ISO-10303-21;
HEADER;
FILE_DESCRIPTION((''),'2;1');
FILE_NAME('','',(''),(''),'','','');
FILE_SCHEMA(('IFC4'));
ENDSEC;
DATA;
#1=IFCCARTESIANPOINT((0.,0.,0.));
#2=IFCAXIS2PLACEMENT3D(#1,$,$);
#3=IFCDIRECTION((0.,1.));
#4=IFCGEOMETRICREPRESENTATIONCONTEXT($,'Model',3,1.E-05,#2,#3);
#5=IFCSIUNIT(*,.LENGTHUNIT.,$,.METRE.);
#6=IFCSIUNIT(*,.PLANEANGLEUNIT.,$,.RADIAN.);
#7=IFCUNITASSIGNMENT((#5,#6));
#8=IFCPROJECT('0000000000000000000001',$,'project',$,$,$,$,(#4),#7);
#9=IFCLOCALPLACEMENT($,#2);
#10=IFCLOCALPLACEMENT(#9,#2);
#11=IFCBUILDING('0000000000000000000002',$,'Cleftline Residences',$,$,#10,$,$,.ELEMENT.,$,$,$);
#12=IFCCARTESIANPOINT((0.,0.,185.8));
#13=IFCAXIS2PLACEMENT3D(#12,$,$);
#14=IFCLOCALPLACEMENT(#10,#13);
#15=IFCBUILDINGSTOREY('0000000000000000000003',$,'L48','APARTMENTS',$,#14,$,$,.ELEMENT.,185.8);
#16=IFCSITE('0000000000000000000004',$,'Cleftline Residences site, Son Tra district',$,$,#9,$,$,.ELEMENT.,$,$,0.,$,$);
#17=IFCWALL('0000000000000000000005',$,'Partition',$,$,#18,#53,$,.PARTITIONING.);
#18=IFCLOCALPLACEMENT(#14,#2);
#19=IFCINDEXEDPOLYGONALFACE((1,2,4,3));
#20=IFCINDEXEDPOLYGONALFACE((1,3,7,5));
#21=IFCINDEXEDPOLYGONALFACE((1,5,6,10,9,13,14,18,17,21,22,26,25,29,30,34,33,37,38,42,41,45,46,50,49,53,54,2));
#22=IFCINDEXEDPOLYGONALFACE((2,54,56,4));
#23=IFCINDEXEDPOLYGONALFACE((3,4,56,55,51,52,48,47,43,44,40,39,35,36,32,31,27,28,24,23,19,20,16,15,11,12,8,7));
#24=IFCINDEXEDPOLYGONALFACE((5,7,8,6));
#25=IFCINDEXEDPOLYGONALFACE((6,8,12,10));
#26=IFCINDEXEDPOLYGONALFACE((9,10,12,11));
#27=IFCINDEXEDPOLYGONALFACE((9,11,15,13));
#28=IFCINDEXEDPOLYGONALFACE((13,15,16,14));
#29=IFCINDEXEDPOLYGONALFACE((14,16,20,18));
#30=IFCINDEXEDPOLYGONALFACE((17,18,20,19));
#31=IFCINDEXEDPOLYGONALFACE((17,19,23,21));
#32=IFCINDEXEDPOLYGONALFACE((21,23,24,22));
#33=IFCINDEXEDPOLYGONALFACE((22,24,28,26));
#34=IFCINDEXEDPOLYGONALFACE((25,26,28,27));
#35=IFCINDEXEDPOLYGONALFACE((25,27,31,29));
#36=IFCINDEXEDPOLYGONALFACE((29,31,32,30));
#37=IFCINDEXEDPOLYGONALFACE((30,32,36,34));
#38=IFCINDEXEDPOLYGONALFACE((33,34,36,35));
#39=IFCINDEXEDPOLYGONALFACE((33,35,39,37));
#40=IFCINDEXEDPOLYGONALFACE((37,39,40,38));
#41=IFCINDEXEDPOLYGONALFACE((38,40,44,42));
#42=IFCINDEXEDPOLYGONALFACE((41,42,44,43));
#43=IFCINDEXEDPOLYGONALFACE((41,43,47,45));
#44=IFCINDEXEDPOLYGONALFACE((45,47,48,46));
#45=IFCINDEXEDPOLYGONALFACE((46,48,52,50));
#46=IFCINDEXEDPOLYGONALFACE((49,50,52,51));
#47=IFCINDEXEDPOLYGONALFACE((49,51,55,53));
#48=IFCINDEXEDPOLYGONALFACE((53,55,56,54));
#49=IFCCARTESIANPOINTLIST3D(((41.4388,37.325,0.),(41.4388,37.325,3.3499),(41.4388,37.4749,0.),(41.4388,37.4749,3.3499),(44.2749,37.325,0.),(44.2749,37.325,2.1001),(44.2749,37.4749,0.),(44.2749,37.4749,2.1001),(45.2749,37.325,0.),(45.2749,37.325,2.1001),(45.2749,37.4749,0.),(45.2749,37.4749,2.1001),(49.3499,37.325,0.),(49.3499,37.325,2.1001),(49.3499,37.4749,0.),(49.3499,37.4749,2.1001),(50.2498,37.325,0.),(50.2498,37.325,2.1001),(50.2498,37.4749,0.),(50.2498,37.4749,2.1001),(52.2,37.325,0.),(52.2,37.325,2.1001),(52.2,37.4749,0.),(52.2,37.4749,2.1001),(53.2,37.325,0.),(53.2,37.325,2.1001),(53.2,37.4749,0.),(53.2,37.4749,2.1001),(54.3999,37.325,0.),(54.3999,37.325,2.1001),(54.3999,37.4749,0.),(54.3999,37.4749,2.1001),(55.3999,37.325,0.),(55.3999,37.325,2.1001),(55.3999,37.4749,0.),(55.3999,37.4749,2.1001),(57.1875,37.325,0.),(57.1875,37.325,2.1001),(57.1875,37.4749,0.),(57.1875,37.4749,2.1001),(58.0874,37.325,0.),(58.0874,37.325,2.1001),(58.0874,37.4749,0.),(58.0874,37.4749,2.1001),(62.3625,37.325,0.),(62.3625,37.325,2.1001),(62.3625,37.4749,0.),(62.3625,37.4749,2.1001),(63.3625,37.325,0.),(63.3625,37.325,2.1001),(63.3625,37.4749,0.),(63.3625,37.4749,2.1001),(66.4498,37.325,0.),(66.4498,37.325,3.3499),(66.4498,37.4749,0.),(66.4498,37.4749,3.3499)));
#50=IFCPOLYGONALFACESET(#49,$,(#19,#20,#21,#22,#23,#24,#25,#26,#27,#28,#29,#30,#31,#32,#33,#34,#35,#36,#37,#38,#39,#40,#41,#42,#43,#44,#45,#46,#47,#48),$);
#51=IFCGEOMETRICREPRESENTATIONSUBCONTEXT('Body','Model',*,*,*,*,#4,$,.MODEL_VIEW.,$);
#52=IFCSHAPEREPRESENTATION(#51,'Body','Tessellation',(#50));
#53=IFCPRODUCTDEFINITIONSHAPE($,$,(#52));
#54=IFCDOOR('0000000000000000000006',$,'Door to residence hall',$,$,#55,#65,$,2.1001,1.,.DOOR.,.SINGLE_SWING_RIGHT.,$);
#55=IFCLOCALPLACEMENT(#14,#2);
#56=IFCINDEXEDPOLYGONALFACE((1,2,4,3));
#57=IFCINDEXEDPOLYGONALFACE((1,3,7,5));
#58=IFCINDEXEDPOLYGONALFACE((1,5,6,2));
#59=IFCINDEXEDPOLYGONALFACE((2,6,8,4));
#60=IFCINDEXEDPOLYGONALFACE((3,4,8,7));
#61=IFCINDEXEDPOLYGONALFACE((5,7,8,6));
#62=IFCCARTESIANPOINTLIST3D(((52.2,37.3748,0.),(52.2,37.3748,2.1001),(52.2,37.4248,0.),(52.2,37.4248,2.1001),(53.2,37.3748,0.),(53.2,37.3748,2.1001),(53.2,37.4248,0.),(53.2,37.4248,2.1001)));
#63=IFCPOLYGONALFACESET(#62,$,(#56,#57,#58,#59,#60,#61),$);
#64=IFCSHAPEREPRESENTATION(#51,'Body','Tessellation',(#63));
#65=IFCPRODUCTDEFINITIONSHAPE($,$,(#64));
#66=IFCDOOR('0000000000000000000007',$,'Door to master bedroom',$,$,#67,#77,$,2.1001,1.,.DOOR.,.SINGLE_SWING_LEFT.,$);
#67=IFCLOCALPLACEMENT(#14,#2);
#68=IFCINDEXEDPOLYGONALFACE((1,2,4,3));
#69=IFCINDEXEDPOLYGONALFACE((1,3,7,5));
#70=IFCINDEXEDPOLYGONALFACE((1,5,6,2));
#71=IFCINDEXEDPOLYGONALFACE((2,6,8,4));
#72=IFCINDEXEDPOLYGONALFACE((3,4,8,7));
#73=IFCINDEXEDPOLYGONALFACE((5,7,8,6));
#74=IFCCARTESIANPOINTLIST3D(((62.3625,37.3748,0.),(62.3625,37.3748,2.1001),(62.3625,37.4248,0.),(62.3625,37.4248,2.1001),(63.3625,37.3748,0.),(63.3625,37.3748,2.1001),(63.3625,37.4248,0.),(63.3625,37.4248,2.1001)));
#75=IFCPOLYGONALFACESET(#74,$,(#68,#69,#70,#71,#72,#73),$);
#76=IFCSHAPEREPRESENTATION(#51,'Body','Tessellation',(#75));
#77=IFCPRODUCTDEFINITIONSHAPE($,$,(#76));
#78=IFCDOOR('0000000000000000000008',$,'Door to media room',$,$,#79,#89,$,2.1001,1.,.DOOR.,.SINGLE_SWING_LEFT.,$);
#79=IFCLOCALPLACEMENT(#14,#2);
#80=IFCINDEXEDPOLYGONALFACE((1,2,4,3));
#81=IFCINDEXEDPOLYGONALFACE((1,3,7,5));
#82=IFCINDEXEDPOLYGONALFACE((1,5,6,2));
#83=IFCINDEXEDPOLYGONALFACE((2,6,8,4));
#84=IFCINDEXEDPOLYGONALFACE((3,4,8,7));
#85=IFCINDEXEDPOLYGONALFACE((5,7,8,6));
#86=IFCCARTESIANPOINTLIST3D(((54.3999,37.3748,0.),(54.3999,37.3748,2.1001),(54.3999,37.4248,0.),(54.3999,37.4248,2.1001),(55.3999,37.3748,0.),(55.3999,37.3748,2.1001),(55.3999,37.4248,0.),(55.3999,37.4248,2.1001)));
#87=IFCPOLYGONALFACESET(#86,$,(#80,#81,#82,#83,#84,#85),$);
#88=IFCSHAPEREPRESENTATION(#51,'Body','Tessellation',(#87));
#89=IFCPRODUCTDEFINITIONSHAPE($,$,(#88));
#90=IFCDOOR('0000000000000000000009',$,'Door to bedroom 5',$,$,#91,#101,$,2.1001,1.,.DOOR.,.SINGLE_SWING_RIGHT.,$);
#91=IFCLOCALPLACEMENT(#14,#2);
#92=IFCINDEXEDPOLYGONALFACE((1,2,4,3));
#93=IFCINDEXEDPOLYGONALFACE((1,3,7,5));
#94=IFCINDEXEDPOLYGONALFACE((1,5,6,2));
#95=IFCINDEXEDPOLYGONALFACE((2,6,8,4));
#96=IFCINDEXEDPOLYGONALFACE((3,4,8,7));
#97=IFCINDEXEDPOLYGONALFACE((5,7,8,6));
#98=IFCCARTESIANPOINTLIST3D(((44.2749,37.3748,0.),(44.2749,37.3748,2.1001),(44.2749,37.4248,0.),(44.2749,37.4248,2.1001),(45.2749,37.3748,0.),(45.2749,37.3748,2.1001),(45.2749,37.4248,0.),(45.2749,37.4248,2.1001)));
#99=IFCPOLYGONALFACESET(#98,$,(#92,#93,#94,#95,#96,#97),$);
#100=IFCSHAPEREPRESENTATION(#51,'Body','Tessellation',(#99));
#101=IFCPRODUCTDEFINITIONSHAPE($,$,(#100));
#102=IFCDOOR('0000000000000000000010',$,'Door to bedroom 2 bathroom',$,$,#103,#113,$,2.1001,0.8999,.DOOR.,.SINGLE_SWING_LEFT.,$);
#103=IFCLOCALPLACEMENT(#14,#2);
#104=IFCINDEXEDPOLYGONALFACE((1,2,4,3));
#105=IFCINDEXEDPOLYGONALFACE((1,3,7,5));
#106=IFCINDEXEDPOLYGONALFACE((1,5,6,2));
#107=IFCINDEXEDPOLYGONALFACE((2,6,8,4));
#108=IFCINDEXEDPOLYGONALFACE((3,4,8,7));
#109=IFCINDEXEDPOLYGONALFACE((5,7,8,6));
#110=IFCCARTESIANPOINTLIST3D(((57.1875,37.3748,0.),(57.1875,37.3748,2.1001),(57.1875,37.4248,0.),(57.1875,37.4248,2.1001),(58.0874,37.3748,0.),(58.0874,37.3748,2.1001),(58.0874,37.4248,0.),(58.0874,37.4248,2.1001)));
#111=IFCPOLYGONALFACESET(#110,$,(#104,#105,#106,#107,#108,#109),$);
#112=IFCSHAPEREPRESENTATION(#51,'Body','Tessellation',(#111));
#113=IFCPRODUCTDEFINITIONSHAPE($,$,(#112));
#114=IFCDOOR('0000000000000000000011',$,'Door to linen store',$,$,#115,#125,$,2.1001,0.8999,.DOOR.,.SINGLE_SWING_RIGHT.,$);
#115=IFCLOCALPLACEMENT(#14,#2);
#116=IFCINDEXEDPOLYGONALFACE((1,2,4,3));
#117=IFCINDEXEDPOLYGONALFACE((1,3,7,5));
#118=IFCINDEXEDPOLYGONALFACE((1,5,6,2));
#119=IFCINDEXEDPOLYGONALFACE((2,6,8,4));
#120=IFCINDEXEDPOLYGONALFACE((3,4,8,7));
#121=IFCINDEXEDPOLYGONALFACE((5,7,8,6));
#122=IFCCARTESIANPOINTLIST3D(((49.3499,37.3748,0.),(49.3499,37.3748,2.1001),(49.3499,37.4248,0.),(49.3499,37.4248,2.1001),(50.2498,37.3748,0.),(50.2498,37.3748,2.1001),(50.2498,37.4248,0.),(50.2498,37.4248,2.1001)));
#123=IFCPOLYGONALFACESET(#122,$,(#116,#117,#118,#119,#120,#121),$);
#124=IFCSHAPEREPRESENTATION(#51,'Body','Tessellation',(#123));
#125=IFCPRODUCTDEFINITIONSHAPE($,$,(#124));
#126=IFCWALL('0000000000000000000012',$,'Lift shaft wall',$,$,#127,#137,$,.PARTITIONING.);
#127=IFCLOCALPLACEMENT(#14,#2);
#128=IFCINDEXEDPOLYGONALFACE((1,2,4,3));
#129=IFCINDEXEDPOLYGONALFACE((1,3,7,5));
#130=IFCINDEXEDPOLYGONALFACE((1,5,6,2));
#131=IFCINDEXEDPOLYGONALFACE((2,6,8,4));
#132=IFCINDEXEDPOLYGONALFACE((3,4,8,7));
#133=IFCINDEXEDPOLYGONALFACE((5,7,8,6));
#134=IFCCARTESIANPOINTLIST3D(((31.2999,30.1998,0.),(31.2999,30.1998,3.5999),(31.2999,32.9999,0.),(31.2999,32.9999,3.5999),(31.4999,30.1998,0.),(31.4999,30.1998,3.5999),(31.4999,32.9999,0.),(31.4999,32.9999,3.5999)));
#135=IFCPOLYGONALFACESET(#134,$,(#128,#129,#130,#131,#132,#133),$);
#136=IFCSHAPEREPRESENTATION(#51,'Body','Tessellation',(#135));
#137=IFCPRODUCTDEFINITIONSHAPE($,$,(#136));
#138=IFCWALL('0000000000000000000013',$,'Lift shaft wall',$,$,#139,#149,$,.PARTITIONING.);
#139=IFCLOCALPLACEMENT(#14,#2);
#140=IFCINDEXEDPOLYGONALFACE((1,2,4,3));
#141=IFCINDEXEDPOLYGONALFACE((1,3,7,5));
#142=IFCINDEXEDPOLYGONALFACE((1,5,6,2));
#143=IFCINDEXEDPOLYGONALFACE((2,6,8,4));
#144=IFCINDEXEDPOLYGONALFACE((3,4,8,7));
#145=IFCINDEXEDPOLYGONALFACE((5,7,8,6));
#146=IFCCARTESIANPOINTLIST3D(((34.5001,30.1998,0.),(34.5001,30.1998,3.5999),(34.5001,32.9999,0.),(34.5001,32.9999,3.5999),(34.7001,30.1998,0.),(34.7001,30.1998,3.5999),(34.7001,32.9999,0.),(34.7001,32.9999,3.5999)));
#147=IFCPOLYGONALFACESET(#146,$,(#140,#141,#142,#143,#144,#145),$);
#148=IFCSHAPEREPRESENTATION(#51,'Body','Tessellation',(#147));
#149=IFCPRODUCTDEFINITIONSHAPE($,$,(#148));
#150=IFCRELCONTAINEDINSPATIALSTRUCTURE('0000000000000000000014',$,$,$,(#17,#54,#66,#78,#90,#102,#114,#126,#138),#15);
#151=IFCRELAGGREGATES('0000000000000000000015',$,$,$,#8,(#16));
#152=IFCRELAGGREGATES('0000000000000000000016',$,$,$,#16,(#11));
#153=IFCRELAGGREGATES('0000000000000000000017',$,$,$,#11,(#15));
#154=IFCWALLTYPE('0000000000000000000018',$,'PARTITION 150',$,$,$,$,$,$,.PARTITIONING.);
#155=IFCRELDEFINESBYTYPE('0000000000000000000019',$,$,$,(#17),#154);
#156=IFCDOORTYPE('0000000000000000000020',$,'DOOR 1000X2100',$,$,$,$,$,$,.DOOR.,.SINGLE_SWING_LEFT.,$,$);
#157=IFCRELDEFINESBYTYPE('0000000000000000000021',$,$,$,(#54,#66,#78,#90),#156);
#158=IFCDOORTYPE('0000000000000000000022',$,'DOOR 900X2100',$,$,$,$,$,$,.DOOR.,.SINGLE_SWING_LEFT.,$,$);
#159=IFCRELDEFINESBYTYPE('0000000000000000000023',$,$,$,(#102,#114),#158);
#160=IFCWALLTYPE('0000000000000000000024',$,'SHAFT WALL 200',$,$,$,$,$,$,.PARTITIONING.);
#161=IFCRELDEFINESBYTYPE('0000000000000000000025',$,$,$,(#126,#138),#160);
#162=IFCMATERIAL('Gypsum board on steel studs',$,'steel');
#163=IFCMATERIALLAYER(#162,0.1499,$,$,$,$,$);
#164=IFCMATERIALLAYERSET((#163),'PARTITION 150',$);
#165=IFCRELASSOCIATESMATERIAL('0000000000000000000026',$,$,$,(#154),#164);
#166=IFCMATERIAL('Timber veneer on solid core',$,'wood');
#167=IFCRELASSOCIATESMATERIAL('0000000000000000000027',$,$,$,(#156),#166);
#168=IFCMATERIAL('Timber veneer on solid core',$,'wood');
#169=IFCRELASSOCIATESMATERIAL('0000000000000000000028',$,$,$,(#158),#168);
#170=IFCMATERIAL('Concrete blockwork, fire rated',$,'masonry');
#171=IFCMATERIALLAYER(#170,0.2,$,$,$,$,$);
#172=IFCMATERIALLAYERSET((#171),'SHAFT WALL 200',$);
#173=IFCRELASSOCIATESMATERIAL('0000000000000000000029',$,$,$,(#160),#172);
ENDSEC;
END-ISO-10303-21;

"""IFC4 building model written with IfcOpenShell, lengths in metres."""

from ifc_helpers import new_model, si_unit, direction, frame, frame_2d, origin, place, context, subcontext, project, spatial, rectangle, extrude, material, layer, layer_set, type_object, element, fill, save


model = new_model("IFC4")

# Units and contexts
model_context = context("Model", 3, precision=1e-05, world=origin(), true_north=direction((0.0, 1.0)))
body_context = subcontext(model_context, "Body", "Model", "MODEL_VIEW")
ifc_project = project(units=[si_unit("LENGTHUNIT", "METRE"), si_unit("PLANEANGLEUNIT", "RADIAN")], contexts=[model_context])

# Site, building, storey
site_placement = place(None, origin())
site = spatial("IfcSite", under=ifc_project, at=site_placement, Name="Cleftline Residences site, Son Tra district", CompositionType="ELEMENT", RefElevation=0.0)
building_placement = place(site_placement, origin())
building = spatial("IfcBuilding", under=site, at=building_placement, Name="Cleftline Residences", CompositionType="ELEMENT")
storey_placement = place(building_placement, frame((0.0, 0.0, 185.8)))
storey = spatial("IfcBuildingStorey", under=building, at=storey_placement, Name="L48", Description="APARTMENTS", CompositionType="ELEMENT", Elevation=185.8)

# Wall, openings, doors
ifc_material_1 = material(Name="Gypsum board on steel studs", Category="steel")
ifc_layer_1 = layer(ifc_material_1, 0.1499)
ifc_layer_set_1 = layer_set([ifc_layer_1], Name="PARTITION 150")
wall_type_1 = type_object("IfcWallType", Name="PARTITION 150", PredefinedType="PARTITIONING", material=ifc_layer_set_1)
wall_1_placement = place(storey_placement, frame((41.439, 37.3999, 0.0), z_axis=(0.0, 0.0, 1.0), x_axis=(1.0, 0.0, 0.0)))
wall_1 = element("IfcWall", 1, at=wall_1_placement, inside=storey, type_object=wall_type_1, Name="Partition", PredefinedType="PARTITIONING", context=body_context, shape_type="SweptSolid", body=[
    extrude(rectangle(XDim=25.011, YDim=0.1499, at=frame_2d((12.5054, 0.0))), origin(), (0.0, 0.0, 1.0), 3.3499),
])
opening_1_placement = place(wall_1_placement, frame((10.761, 0.0, 0.0)))
opening_1 = element("IfcOpeningElement", 2, at=opening_1_placement, cuts=wall_1, PredefinedType="OPENING", context=body_context, shape_type="SweptSolid", body=[
    extrude(rectangle(XDim=1.0, YDim=2.1001, at=frame_2d((0.5, 1.05))), frame((0.0, 0.085, 0.0), z_axis=(0.0, -1.0, 0.0), x_axis=(1.0, 0.0, 0.0)), (0.0, 0.0, 1.0), 0.1699),
])
opening_2_placement = place(wall_1_placement, frame((20.9236, 0.0, 0.0)))
opening_2 = element("IfcOpeningElement", 3, at=opening_2_placement, cuts=wall_1, PredefinedType="OPENING", context=body_context, shape_type="SweptSolid", body=[
    extrude(rectangle(XDim=1.0, YDim=2.1001, at=frame_2d((0.5, 1.05))), frame((0.0, 0.085, 0.0), z_axis=(0.0, -1.0, 0.0), x_axis=(1.0, 0.0, 0.0)), (0.0, 0.0, 1.0), 0.1699),
])
opening_3_placement = place(wall_1_placement, frame((15.7485, 0.0, 0.0)))
opening_3 = element("IfcOpeningElement", 4, at=opening_3_placement, cuts=wall_1, PredefinedType="OPENING", context=body_context, shape_type="SweptSolid", body=[
    extrude(rectangle(XDim=0.8999, YDim=2.1001, at=frame_2d((0.45, 1.05))), frame((0.0, 0.085, 0.0), z_axis=(0.0, -1.0, 0.0), x_axis=(1.0, 0.0, 0.0)), (0.0, 0.0, 1.0), 0.1699),
])
opening_4_placement = place(wall_1_placement, frame((12.9609, 0.0, 0.0)))
opening_4 = element("IfcOpeningElement", 5, at=opening_4_placement, cuts=wall_1, PredefinedType="OPENING", context=body_context, shape_type="SweptSolid", body=[
    extrude(rectangle(XDim=1.0, YDim=2.1001, at=frame_2d((0.5, 1.05))), frame((0.0, 0.085, 0.0), z_axis=(0.0, -1.0, 0.0), x_axis=(1.0, 0.0, 0.0)), (0.0, 0.0, 1.0), 0.1699),
])
opening_5_placement = place(wall_1_placement, frame((7.9109, 0.0, 0.0)))
opening_5 = element("IfcOpeningElement", 6, at=opening_5_placement, cuts=wall_1, PredefinedType="OPENING", context=body_context, shape_type="SweptSolid", body=[
    extrude(rectangle(XDim=0.8999, YDim=2.1001, at=frame_2d((0.45, 1.05))), frame((0.0, 0.085, 0.0), z_axis=(0.0, -1.0, 0.0), x_axis=(1.0, 0.0, 0.0)), (0.0, 0.0, 1.0), 0.1699),
])
opening_6_placement = place(wall_1_placement, frame((2.8359, 0.0, 0.0)))
opening_6 = element("IfcOpeningElement", 7, at=opening_6_placement, cuts=wall_1, PredefinedType="OPENING", context=body_context, shape_type="SweptSolid", body=[
    extrude(rectangle(XDim=1.0, YDim=2.1001, at=frame_2d((0.5, 1.05))), frame((0.0, 0.085, 0.0), z_axis=(0.0, -1.0, 0.0), x_axis=(1.0, 0.0, 0.0)), (0.0, 0.0, 1.0), 0.1699),
])
ifc_material_2 = material(Name="Timber veneer on solid core", Category="wood")
door_type_1 = type_object("IfcDoorType", Name="DOOR 1000X2100", OperationType="SINGLE_SWING_LEFT", PredefinedType="DOOR", material=ifc_material_2)
door_1_placement = place(opening_1_placement, origin())
door_1 = element("IfcDoor", 8, at=door_1_placement, inside=storey, type_object=door_type_1, Name="Door to residence hall", OperationType="SINGLE_SWING_RIGHT", OverallHeight=2.1001, OverallWidth=1.0, PredefinedType="DOOR", context=body_context, shape_type="SweptSolid", body=[
    extrude(rectangle(XDim=1.0, YDim=2.1001, at=frame_2d((0.5, 1.05))), frame((0.0, 0.0249, 0.0), z_axis=(0.0, -1.0, 0.0), x_axis=(1.0, 0.0, 0.0)), (0.0, 0.0, 1.0), 0.05),
])
fill(opening_1, door_1)
door_2_placement = place(opening_2_placement, origin())
door_2 = element("IfcDoor", 9, at=door_2_placement, inside=storey, type_object=door_type_1, Name="Door to master bedroom", OperationType="SINGLE_SWING_LEFT", OverallHeight=2.1001, OverallWidth=1.0, PredefinedType="DOOR", context=body_context, shape_type="SweptSolid", body=[
    extrude(rectangle(XDim=1.0, YDim=2.1001, at=frame_2d((0.5, 1.05))), frame((0.0, 0.0249, 0.0), z_axis=(0.0, -1.0, 0.0), x_axis=(1.0, 0.0, 0.0)), (0.0, 0.0, 1.0), 0.05),
])
fill(opening_2, door_2)
door_3_placement = place(opening_4_placement, origin())
door_3 = element("IfcDoor", 10, at=door_3_placement, inside=storey, type_object=door_type_1, Name="Door to media room", OperationType="SINGLE_SWING_LEFT", OverallHeight=2.1001, OverallWidth=1.0, PredefinedType="DOOR", context=body_context, shape_type="SweptSolid", body=[
    extrude(rectangle(XDim=1.0, YDim=2.1001, at=frame_2d((0.5, 1.05))), frame((0.0, 0.0249, 0.0), z_axis=(0.0, -1.0, 0.0), x_axis=(1.0, 0.0, 0.0)), (0.0, 0.0, 1.0), 0.05),
])
fill(opening_4, door_3)
door_4_placement = place(opening_6_placement, origin())
door_4 = element("IfcDoor", 11, at=door_4_placement, inside=storey, type_object=door_type_1, Name="Door to bedroom 5", OperationType="SINGLE_SWING_RIGHT", OverallHeight=2.1001, OverallWidth=1.0, PredefinedType="DOOR", context=body_context, shape_type="SweptSolid", body=[
    extrude(rectangle(XDim=1.0, YDim=2.1001, at=frame_2d((0.5, 1.05))), frame((0.0, 0.0249, 0.0), z_axis=(0.0, -1.0, 0.0), x_axis=(1.0, 0.0, 0.0)), (0.0, 0.0, 1.0), 0.05),
])
fill(opening_6, door_4)
ifc_material_3 = material(Name="Timber veneer on solid core", Category="wood")
door_type_2 = type_object("IfcDoorType", Name="DOOR 900X2100", OperationType="SINGLE_SWING_LEFT", PredefinedType="DOOR", material=ifc_material_3)
door_5_placement = place(opening_3_placement, origin())
door_5 = element("IfcDoor", 12, at=door_5_placement, inside=storey, type_object=door_type_2, Name="Door to bedroom 2 bathroom", OperationType="SINGLE_SWING_LEFT", OverallHeight=2.1001, OverallWidth=0.8999, PredefinedType="DOOR", context=body_context, shape_type="SweptSolid", body=[
    extrude(rectangle(XDim=0.8999, YDim=2.1001, at=frame_2d((0.45, 1.05))), frame((0.0, 0.0249, 0.0), z_axis=(0.0, -1.0, 0.0), x_axis=(1.0, 0.0, 0.0)), (0.0, 0.0, 1.0), 0.05),
])
fill(opening_3, door_5)
door_6_placement = place(opening_5_placement, origin())
door_6 = element("IfcDoor", 13, at=door_6_placement, inside=storey, type_object=door_type_2, Name="Door to linen store", OperationType="SINGLE_SWING_RIGHT", OverallHeight=2.1001, OverallWidth=0.8999, PredefinedType="DOOR", context=body_context, shape_type="SweptSolid", body=[
    extrude(rectangle(XDim=0.8999, YDim=2.1001, at=frame_2d((0.45, 1.05))), frame((0.0, 0.0249, 0.0), z_axis=(0.0, -1.0, 0.0), x_axis=(1.0, 0.0, 0.0)), (0.0, 0.0, 1.0), 0.05),
])
fill(opening_5, door_6)

# Walls
ifc_material_4 = material(Name="Concrete blockwork, fire rated", Category="masonry")
ifc_layer_2 = layer(ifc_material_4, 0.2)
ifc_layer_set_2 = layer_set([ifc_layer_2], Name="SHAFT WALL 200")
wall_type_2 = type_object("IfcWallType", Name="SHAFT WALL 200", PredefinedType="PARTITIONING", material=ifc_layer_set_2)
for number, where, z_axis, x_axis, name in (
    (14, (31.3999, 30.2, 0.0), (0.0, 0.0, 1.0), (0.0, 1.0, 0.0), "Lift shaft wall"),
    (15, (34.6001, 30.2, 0.0), (0.0, 0.0, 1.0), (0.0, 1.0, 0.0), "Lift shaft wall"),
):
    element("IfcWall", number, at=place(storey_placement, frame(where, z_axis=z_axis, x_axis=x_axis)), inside=storey, type_object=wall_type_2, Name=name, PredefinedType="PARTITIONING", context=body_context, shape_type="SweptSolid", body=[
        extrude(rectangle(XDim=2.8, YDim=0.2, at=frame_2d((1.3999, 0.0))), origin(), (0.0, 0.0, 1.0), 3.5999),
    ])

save(model, "model.ifc")
